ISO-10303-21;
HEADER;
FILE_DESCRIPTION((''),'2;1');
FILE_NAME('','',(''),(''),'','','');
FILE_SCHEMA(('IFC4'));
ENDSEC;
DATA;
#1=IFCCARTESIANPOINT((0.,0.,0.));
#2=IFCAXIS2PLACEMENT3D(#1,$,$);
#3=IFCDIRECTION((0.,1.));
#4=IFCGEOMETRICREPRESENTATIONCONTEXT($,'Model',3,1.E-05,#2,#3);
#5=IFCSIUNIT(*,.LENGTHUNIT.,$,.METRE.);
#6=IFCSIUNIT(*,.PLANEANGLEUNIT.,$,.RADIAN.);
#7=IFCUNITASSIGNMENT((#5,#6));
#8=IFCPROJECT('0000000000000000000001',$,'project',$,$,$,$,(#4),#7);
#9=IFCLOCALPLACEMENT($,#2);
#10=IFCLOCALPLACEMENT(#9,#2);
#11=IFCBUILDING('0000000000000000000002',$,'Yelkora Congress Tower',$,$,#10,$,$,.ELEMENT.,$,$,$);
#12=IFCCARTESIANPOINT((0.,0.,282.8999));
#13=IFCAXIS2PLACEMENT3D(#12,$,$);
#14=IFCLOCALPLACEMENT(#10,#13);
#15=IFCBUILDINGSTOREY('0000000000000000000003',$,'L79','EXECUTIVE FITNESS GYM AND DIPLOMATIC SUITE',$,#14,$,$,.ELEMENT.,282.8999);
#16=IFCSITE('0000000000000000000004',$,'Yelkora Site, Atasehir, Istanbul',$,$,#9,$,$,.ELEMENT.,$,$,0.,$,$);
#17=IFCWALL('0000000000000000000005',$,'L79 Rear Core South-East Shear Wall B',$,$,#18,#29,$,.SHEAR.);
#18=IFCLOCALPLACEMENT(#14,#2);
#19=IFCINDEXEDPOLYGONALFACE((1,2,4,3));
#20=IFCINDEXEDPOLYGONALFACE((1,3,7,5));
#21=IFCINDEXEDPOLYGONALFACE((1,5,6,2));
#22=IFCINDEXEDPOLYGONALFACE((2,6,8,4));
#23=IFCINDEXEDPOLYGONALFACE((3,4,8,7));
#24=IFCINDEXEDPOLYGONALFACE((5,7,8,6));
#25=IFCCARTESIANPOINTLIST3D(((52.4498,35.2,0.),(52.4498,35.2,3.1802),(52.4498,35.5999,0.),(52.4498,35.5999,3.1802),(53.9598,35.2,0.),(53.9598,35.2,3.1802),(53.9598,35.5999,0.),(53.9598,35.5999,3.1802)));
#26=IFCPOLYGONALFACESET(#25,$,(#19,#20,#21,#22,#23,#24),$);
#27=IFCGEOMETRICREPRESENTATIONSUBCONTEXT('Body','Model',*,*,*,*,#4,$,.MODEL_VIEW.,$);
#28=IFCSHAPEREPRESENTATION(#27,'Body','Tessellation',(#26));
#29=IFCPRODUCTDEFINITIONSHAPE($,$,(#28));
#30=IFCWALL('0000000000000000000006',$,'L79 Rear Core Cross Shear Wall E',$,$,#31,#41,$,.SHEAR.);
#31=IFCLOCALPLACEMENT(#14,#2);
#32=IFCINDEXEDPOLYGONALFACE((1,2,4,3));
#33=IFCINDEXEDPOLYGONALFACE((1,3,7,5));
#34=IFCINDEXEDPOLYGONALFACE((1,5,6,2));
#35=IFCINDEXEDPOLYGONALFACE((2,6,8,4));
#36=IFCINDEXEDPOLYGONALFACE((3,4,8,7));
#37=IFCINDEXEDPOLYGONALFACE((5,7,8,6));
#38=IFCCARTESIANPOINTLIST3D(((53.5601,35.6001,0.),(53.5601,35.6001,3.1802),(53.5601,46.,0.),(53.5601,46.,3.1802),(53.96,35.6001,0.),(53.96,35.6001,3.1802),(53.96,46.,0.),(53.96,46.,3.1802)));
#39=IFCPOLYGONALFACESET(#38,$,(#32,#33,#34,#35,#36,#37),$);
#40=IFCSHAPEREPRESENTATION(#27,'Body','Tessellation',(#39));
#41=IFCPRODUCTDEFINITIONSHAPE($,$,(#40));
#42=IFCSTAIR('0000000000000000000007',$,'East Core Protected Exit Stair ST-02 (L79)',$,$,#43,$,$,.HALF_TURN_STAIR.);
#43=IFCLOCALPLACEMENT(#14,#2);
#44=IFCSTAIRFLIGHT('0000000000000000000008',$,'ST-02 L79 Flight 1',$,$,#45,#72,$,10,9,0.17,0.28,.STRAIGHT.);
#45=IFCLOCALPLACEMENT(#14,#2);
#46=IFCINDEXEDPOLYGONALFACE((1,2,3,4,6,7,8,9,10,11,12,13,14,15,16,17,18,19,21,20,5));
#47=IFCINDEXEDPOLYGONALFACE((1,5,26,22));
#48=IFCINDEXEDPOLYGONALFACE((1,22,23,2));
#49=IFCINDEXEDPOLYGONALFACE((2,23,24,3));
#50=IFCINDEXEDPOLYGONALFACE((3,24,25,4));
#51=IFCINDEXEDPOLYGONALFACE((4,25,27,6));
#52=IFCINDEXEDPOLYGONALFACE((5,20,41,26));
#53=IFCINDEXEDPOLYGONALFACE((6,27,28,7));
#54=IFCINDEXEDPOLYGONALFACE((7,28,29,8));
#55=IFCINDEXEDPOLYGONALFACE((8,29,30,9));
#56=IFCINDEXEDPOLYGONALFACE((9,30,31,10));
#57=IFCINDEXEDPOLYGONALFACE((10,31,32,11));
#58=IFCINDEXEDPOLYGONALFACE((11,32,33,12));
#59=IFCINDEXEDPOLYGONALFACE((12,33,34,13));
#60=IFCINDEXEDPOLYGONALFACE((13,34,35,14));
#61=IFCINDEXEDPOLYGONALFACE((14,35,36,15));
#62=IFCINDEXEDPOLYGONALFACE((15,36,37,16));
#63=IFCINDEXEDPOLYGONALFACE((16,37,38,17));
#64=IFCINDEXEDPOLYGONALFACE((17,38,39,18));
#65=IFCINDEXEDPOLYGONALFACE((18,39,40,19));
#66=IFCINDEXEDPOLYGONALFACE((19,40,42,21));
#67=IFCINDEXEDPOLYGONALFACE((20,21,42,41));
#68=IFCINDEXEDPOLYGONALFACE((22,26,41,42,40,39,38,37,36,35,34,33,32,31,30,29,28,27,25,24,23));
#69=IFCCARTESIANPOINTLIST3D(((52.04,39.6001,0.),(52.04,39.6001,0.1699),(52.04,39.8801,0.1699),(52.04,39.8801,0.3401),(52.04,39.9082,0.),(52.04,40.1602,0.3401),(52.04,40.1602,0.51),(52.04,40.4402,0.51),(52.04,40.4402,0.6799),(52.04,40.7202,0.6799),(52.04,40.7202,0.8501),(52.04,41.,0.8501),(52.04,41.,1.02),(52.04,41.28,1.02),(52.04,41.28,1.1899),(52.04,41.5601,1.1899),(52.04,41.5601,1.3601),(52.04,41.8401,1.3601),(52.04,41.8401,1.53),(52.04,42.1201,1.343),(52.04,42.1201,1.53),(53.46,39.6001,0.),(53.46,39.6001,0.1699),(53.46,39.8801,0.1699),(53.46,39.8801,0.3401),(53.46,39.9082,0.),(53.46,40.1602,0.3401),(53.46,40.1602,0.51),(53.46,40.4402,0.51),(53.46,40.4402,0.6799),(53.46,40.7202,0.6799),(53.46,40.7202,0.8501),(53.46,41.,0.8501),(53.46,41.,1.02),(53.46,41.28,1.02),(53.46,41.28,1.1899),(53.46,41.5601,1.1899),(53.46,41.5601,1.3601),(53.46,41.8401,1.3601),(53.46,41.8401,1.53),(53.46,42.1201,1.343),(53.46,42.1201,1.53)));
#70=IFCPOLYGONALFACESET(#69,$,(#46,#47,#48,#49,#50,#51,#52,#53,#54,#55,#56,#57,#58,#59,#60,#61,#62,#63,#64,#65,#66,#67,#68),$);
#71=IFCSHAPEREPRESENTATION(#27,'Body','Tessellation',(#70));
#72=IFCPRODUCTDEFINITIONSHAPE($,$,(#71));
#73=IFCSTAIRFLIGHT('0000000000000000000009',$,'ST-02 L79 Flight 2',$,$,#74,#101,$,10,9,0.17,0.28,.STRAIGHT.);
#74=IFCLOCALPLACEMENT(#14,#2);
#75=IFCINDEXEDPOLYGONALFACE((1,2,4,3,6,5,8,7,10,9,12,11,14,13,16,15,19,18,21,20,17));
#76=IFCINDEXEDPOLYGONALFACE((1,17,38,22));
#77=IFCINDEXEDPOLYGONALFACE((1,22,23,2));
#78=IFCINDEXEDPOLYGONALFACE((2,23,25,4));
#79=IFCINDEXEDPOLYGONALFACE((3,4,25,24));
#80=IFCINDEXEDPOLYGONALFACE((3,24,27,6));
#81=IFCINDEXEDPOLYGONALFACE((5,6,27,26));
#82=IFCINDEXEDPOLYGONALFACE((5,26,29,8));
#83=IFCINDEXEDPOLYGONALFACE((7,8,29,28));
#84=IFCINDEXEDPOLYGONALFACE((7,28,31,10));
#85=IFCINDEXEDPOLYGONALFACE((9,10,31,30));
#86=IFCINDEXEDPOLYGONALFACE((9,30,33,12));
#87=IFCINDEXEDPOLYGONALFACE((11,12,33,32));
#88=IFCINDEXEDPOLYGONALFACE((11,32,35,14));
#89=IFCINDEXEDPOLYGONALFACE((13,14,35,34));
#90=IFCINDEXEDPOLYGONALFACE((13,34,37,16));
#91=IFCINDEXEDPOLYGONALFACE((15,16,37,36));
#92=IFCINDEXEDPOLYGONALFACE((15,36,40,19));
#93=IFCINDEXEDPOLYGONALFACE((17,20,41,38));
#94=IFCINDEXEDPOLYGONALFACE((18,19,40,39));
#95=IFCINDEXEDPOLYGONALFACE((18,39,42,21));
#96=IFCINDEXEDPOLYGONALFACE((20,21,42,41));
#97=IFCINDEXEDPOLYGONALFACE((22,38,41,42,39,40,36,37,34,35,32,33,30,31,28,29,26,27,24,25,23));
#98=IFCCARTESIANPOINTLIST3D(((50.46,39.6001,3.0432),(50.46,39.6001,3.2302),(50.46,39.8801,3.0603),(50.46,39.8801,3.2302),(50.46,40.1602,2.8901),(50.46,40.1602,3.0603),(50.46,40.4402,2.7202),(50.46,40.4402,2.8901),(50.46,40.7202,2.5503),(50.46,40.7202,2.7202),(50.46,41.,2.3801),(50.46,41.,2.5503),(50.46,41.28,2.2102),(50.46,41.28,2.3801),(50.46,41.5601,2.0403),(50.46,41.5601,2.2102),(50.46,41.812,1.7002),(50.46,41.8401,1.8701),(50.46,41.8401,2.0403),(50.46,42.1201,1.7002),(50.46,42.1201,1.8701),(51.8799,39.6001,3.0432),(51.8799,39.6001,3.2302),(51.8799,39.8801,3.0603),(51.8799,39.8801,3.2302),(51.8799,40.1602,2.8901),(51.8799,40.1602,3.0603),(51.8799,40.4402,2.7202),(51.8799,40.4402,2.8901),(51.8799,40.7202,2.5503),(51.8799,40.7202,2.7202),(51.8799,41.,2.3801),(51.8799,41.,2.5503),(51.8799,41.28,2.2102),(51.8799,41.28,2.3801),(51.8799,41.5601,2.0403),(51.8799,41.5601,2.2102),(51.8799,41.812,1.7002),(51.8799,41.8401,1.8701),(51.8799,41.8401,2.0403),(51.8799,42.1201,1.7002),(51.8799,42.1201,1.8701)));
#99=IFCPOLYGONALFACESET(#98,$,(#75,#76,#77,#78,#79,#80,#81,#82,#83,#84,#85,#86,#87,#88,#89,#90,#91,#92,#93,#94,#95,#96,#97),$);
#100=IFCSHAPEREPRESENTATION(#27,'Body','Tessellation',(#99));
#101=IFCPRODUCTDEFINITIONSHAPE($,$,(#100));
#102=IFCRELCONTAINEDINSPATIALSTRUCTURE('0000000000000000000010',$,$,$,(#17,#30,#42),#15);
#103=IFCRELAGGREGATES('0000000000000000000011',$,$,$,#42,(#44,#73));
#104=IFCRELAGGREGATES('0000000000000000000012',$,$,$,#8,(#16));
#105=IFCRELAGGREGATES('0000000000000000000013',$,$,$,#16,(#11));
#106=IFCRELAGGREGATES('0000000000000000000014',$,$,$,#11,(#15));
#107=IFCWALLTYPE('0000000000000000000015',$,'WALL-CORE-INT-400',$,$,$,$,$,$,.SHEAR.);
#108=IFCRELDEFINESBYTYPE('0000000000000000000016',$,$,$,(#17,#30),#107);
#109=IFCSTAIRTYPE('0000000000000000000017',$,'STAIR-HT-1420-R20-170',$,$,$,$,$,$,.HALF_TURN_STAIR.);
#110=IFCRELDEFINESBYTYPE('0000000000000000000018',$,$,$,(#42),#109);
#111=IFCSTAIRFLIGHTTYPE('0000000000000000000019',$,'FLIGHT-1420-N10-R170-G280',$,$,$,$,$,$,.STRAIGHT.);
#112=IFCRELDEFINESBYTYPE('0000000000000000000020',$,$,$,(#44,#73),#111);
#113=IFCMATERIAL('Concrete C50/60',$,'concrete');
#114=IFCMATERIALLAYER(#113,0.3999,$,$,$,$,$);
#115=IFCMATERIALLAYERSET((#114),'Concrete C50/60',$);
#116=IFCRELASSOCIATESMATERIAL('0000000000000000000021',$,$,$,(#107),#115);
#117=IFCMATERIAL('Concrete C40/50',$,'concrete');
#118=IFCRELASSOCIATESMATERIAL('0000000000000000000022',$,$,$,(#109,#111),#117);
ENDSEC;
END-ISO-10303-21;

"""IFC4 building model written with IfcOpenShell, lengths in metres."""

from ifc_helpers import new_model, si_unit, direction, frame, frame_2d, origin, place, context, subcontext, project, spatial, polyline, rectangle, outline, extrude, material, layer, layer_set, type_object, element, aggregate, save


model = new_model("IFC4")

# Units and contexts
model_context = context("Model", 3, precision=1e-05, world=origin(), true_north=direction((0.0, 1.0)))
body_context = subcontext(model_context, "Body", "Model", "MODEL_VIEW")
ifc_project = project(units=[si_unit("LENGTHUNIT", "METRE"), si_unit("PLANEANGLEUNIT", "RADIAN")], contexts=[model_context])

# Site, building, storey
site_placement = place(None, origin())
site = spatial("IfcSite", under=ifc_project, at=site_placement, Name="Yelkora Site, Atasehir, Istanbul", CompositionType="ELEMENT", RefElevation=0.0)
building_placement = place(site_placement, origin())
building = spatial("IfcBuilding", under=site, at=building_placement, Name="Yelkora Congress Tower", CompositionType="ELEMENT")
storey_placement = place(building_placement, frame((0.0, 0.0, 282.8999)))
storey = spatial("IfcBuildingStorey", under=building, at=storey_placement, Name="L79", Description="EXECUTIVE FITNESS GYM AND DIPLOMATIC SUITE", CompositionType="ELEMENT", Elevation=282.8999)

# Walls
ifc_material_1 = material(Name="Concrete C50/60", Category="concrete")
ifc_layer_1 = layer(ifc_material_1, 0.3999)
ifc_layer_set_1 = layer_set([ifc_layer_1], Name="Concrete C50/60")
wall_type_1 = type_object("IfcWallType", Name="WALL-CORE-INT-400", PredefinedType="SHEAR", material=ifc_layer_set_1)
wall_1_placement = place(storey_placement, frame((52.45, 35.3999, 0.0), z_axis=(0.0, 0.0, 1.0), x_axis=(1.0, 0.0, 0.0)))
element("IfcWall", 1, at=wall_1_placement, inside=storey, type_object=wall_type_1, Name="L79 Rear Core South-East Shear Wall B", PredefinedType="SHEAR", context=body_context, shape_type="SweptSolid", body=[
    extrude(rectangle(XDim=1.51, YDim=0.3999, at=frame_2d((0.7549, 0.0))), origin(), (0.0, 0.0, 1.0), 3.1802),
])
wall_2_placement = place(storey_placement, frame((53.76, 35.6001, 0.0), z_axis=(0.0, 0.0, 1.0), x_axis=(0.0, 1.0, 0.0)))
element("IfcWall", 2, at=wall_2_placement, inside=storey, type_object=wall_type_1, Name="L79 Rear Core Cross Shear Wall E", PredefinedType="SHEAR", context=body_context, shape_type="SweptSolid", body=[
    extrude(rectangle(XDim=10.3999, YDim=0.3999, at=frame_2d((5.2, 0.0))), origin(), (0.0, 0.0, 1.0), 3.1802),
])

# Stair, stair flights
ifc_material_2 = material(Name="Concrete C40/50", Category="concrete")
stair_type = type_object("IfcStairType", Name="STAIR-HT-1420-R20-170", PredefinedType="HALF_TURN_STAIR", material=ifc_material_2)
stair_placement = place(storey_placement, origin())
stair = element("IfcStair", 3, at=stair_placement, inside=storey, type_object=stair_type, Name="East Core Protected Exit Stair ST-02 (L79)", PredefinedType="HALF_TURN_STAIR")
stair_flight_type = type_object("IfcStairFlightType", Name="FLIGHT-1420-N10-R170-G280", PredefinedType="STRAIGHT", material=ifc_material_2)
stair_flight_1_placement = place(storey_placement, frame((52.75, 39.6001, 0.0), z_axis=(0.0, 0.0, 1.0), x_axis=(0.0, 1.0, 0.0)))
stair_flight_1 = element("IfcStairFlight", 4, at=stair_flight_1_placement, type_object=stair_flight_type, Name="ST-02 L79 Flight 1", NumberOfRisers=10, NumberOfTreads=9, PredefinedType="STRAIGHT", RiserHeight=0.17, TreadLength=0.28, context=body_context, shape_type="SweptSolid", body=[
    extrude(outline(polyline([(0.0, 0.0), (0.0, 0.1699), (0.28, 0.1699), (0.28, 0.3401), (0.5601, 0.3401), (0.5601, 0.51), (0.8401, 0.51), (0.8401, 0.6799), (1.1201, 0.6799), (1.1201, 0.8501), (1.3999, 0.8501), (1.3999, 1.02), (1.6799, 1.02), (1.6799, 1.1899), (1.96, 1.1899), (1.96, 1.3601), (2.24, 1.3601), (2.24, 1.53), (2.52, 1.53), (2.52, 1.7), (2.52, 1.343), (0.3081, 0.0), (0.0, 0.0)])), frame((0.0, 0.71, 0.0), z_axis=(0.0, -1.0, 0.0), x_axis=(1.0, 0.0, 0.0)), (0.0, 0.0, 1.0), 1.4199),
])
stair_flight_2_placement = place(storey_placement, frame((51.1699, 42.1201, 1.7002), z_axis=(0.0, 0.0, 1.0), x_axis=(0.0, -1.0, 0.0)))
stair_flight_2 = element("IfcStairFlight", 5, at=stair_flight_2_placement, type_object=stair_flight_type, Name="ST-02 L79 Flight 2", NumberOfRisers=10, NumberOfTreads=9, PredefinedType="STRAIGHT", RiserHeight=0.17, TreadLength=0.28, context=body_context, shape_type="SweptSolid", body=[
    extrude(outline(polyline([(0.0, 0.0), (0.0, 0.1699), (0.28, 0.1699), (0.28, 0.3401), (0.5601, 0.3401), (0.5601, 0.51), (0.8401, 0.51), (0.8401, 0.6799), (1.1201, 0.6799), (1.1201, 0.8501), (1.3999, 0.8501), (1.3999, 1.02), (1.6799, 1.02), (1.6799, 1.1899), (1.96, 1.1899), (1.96, 1.3601), (2.24, 1.3601), (2.24, 1.53), (2.52, 1.53), (2.52, 1.7), (2.52, 1.343), (0.3081, 0.0), (0.0, 0.0)])), frame((0.0, 0.71, 0.0), z_axis=(0.0, -1.0, 0.0), x_axis=(1.0, 0.0, 0.0)), (0.0, 0.0, 1.0), 1.4199),
])
aggregate(stair, [stair_flight_1, stair_flight_2])

save(model, "model.ifc")
